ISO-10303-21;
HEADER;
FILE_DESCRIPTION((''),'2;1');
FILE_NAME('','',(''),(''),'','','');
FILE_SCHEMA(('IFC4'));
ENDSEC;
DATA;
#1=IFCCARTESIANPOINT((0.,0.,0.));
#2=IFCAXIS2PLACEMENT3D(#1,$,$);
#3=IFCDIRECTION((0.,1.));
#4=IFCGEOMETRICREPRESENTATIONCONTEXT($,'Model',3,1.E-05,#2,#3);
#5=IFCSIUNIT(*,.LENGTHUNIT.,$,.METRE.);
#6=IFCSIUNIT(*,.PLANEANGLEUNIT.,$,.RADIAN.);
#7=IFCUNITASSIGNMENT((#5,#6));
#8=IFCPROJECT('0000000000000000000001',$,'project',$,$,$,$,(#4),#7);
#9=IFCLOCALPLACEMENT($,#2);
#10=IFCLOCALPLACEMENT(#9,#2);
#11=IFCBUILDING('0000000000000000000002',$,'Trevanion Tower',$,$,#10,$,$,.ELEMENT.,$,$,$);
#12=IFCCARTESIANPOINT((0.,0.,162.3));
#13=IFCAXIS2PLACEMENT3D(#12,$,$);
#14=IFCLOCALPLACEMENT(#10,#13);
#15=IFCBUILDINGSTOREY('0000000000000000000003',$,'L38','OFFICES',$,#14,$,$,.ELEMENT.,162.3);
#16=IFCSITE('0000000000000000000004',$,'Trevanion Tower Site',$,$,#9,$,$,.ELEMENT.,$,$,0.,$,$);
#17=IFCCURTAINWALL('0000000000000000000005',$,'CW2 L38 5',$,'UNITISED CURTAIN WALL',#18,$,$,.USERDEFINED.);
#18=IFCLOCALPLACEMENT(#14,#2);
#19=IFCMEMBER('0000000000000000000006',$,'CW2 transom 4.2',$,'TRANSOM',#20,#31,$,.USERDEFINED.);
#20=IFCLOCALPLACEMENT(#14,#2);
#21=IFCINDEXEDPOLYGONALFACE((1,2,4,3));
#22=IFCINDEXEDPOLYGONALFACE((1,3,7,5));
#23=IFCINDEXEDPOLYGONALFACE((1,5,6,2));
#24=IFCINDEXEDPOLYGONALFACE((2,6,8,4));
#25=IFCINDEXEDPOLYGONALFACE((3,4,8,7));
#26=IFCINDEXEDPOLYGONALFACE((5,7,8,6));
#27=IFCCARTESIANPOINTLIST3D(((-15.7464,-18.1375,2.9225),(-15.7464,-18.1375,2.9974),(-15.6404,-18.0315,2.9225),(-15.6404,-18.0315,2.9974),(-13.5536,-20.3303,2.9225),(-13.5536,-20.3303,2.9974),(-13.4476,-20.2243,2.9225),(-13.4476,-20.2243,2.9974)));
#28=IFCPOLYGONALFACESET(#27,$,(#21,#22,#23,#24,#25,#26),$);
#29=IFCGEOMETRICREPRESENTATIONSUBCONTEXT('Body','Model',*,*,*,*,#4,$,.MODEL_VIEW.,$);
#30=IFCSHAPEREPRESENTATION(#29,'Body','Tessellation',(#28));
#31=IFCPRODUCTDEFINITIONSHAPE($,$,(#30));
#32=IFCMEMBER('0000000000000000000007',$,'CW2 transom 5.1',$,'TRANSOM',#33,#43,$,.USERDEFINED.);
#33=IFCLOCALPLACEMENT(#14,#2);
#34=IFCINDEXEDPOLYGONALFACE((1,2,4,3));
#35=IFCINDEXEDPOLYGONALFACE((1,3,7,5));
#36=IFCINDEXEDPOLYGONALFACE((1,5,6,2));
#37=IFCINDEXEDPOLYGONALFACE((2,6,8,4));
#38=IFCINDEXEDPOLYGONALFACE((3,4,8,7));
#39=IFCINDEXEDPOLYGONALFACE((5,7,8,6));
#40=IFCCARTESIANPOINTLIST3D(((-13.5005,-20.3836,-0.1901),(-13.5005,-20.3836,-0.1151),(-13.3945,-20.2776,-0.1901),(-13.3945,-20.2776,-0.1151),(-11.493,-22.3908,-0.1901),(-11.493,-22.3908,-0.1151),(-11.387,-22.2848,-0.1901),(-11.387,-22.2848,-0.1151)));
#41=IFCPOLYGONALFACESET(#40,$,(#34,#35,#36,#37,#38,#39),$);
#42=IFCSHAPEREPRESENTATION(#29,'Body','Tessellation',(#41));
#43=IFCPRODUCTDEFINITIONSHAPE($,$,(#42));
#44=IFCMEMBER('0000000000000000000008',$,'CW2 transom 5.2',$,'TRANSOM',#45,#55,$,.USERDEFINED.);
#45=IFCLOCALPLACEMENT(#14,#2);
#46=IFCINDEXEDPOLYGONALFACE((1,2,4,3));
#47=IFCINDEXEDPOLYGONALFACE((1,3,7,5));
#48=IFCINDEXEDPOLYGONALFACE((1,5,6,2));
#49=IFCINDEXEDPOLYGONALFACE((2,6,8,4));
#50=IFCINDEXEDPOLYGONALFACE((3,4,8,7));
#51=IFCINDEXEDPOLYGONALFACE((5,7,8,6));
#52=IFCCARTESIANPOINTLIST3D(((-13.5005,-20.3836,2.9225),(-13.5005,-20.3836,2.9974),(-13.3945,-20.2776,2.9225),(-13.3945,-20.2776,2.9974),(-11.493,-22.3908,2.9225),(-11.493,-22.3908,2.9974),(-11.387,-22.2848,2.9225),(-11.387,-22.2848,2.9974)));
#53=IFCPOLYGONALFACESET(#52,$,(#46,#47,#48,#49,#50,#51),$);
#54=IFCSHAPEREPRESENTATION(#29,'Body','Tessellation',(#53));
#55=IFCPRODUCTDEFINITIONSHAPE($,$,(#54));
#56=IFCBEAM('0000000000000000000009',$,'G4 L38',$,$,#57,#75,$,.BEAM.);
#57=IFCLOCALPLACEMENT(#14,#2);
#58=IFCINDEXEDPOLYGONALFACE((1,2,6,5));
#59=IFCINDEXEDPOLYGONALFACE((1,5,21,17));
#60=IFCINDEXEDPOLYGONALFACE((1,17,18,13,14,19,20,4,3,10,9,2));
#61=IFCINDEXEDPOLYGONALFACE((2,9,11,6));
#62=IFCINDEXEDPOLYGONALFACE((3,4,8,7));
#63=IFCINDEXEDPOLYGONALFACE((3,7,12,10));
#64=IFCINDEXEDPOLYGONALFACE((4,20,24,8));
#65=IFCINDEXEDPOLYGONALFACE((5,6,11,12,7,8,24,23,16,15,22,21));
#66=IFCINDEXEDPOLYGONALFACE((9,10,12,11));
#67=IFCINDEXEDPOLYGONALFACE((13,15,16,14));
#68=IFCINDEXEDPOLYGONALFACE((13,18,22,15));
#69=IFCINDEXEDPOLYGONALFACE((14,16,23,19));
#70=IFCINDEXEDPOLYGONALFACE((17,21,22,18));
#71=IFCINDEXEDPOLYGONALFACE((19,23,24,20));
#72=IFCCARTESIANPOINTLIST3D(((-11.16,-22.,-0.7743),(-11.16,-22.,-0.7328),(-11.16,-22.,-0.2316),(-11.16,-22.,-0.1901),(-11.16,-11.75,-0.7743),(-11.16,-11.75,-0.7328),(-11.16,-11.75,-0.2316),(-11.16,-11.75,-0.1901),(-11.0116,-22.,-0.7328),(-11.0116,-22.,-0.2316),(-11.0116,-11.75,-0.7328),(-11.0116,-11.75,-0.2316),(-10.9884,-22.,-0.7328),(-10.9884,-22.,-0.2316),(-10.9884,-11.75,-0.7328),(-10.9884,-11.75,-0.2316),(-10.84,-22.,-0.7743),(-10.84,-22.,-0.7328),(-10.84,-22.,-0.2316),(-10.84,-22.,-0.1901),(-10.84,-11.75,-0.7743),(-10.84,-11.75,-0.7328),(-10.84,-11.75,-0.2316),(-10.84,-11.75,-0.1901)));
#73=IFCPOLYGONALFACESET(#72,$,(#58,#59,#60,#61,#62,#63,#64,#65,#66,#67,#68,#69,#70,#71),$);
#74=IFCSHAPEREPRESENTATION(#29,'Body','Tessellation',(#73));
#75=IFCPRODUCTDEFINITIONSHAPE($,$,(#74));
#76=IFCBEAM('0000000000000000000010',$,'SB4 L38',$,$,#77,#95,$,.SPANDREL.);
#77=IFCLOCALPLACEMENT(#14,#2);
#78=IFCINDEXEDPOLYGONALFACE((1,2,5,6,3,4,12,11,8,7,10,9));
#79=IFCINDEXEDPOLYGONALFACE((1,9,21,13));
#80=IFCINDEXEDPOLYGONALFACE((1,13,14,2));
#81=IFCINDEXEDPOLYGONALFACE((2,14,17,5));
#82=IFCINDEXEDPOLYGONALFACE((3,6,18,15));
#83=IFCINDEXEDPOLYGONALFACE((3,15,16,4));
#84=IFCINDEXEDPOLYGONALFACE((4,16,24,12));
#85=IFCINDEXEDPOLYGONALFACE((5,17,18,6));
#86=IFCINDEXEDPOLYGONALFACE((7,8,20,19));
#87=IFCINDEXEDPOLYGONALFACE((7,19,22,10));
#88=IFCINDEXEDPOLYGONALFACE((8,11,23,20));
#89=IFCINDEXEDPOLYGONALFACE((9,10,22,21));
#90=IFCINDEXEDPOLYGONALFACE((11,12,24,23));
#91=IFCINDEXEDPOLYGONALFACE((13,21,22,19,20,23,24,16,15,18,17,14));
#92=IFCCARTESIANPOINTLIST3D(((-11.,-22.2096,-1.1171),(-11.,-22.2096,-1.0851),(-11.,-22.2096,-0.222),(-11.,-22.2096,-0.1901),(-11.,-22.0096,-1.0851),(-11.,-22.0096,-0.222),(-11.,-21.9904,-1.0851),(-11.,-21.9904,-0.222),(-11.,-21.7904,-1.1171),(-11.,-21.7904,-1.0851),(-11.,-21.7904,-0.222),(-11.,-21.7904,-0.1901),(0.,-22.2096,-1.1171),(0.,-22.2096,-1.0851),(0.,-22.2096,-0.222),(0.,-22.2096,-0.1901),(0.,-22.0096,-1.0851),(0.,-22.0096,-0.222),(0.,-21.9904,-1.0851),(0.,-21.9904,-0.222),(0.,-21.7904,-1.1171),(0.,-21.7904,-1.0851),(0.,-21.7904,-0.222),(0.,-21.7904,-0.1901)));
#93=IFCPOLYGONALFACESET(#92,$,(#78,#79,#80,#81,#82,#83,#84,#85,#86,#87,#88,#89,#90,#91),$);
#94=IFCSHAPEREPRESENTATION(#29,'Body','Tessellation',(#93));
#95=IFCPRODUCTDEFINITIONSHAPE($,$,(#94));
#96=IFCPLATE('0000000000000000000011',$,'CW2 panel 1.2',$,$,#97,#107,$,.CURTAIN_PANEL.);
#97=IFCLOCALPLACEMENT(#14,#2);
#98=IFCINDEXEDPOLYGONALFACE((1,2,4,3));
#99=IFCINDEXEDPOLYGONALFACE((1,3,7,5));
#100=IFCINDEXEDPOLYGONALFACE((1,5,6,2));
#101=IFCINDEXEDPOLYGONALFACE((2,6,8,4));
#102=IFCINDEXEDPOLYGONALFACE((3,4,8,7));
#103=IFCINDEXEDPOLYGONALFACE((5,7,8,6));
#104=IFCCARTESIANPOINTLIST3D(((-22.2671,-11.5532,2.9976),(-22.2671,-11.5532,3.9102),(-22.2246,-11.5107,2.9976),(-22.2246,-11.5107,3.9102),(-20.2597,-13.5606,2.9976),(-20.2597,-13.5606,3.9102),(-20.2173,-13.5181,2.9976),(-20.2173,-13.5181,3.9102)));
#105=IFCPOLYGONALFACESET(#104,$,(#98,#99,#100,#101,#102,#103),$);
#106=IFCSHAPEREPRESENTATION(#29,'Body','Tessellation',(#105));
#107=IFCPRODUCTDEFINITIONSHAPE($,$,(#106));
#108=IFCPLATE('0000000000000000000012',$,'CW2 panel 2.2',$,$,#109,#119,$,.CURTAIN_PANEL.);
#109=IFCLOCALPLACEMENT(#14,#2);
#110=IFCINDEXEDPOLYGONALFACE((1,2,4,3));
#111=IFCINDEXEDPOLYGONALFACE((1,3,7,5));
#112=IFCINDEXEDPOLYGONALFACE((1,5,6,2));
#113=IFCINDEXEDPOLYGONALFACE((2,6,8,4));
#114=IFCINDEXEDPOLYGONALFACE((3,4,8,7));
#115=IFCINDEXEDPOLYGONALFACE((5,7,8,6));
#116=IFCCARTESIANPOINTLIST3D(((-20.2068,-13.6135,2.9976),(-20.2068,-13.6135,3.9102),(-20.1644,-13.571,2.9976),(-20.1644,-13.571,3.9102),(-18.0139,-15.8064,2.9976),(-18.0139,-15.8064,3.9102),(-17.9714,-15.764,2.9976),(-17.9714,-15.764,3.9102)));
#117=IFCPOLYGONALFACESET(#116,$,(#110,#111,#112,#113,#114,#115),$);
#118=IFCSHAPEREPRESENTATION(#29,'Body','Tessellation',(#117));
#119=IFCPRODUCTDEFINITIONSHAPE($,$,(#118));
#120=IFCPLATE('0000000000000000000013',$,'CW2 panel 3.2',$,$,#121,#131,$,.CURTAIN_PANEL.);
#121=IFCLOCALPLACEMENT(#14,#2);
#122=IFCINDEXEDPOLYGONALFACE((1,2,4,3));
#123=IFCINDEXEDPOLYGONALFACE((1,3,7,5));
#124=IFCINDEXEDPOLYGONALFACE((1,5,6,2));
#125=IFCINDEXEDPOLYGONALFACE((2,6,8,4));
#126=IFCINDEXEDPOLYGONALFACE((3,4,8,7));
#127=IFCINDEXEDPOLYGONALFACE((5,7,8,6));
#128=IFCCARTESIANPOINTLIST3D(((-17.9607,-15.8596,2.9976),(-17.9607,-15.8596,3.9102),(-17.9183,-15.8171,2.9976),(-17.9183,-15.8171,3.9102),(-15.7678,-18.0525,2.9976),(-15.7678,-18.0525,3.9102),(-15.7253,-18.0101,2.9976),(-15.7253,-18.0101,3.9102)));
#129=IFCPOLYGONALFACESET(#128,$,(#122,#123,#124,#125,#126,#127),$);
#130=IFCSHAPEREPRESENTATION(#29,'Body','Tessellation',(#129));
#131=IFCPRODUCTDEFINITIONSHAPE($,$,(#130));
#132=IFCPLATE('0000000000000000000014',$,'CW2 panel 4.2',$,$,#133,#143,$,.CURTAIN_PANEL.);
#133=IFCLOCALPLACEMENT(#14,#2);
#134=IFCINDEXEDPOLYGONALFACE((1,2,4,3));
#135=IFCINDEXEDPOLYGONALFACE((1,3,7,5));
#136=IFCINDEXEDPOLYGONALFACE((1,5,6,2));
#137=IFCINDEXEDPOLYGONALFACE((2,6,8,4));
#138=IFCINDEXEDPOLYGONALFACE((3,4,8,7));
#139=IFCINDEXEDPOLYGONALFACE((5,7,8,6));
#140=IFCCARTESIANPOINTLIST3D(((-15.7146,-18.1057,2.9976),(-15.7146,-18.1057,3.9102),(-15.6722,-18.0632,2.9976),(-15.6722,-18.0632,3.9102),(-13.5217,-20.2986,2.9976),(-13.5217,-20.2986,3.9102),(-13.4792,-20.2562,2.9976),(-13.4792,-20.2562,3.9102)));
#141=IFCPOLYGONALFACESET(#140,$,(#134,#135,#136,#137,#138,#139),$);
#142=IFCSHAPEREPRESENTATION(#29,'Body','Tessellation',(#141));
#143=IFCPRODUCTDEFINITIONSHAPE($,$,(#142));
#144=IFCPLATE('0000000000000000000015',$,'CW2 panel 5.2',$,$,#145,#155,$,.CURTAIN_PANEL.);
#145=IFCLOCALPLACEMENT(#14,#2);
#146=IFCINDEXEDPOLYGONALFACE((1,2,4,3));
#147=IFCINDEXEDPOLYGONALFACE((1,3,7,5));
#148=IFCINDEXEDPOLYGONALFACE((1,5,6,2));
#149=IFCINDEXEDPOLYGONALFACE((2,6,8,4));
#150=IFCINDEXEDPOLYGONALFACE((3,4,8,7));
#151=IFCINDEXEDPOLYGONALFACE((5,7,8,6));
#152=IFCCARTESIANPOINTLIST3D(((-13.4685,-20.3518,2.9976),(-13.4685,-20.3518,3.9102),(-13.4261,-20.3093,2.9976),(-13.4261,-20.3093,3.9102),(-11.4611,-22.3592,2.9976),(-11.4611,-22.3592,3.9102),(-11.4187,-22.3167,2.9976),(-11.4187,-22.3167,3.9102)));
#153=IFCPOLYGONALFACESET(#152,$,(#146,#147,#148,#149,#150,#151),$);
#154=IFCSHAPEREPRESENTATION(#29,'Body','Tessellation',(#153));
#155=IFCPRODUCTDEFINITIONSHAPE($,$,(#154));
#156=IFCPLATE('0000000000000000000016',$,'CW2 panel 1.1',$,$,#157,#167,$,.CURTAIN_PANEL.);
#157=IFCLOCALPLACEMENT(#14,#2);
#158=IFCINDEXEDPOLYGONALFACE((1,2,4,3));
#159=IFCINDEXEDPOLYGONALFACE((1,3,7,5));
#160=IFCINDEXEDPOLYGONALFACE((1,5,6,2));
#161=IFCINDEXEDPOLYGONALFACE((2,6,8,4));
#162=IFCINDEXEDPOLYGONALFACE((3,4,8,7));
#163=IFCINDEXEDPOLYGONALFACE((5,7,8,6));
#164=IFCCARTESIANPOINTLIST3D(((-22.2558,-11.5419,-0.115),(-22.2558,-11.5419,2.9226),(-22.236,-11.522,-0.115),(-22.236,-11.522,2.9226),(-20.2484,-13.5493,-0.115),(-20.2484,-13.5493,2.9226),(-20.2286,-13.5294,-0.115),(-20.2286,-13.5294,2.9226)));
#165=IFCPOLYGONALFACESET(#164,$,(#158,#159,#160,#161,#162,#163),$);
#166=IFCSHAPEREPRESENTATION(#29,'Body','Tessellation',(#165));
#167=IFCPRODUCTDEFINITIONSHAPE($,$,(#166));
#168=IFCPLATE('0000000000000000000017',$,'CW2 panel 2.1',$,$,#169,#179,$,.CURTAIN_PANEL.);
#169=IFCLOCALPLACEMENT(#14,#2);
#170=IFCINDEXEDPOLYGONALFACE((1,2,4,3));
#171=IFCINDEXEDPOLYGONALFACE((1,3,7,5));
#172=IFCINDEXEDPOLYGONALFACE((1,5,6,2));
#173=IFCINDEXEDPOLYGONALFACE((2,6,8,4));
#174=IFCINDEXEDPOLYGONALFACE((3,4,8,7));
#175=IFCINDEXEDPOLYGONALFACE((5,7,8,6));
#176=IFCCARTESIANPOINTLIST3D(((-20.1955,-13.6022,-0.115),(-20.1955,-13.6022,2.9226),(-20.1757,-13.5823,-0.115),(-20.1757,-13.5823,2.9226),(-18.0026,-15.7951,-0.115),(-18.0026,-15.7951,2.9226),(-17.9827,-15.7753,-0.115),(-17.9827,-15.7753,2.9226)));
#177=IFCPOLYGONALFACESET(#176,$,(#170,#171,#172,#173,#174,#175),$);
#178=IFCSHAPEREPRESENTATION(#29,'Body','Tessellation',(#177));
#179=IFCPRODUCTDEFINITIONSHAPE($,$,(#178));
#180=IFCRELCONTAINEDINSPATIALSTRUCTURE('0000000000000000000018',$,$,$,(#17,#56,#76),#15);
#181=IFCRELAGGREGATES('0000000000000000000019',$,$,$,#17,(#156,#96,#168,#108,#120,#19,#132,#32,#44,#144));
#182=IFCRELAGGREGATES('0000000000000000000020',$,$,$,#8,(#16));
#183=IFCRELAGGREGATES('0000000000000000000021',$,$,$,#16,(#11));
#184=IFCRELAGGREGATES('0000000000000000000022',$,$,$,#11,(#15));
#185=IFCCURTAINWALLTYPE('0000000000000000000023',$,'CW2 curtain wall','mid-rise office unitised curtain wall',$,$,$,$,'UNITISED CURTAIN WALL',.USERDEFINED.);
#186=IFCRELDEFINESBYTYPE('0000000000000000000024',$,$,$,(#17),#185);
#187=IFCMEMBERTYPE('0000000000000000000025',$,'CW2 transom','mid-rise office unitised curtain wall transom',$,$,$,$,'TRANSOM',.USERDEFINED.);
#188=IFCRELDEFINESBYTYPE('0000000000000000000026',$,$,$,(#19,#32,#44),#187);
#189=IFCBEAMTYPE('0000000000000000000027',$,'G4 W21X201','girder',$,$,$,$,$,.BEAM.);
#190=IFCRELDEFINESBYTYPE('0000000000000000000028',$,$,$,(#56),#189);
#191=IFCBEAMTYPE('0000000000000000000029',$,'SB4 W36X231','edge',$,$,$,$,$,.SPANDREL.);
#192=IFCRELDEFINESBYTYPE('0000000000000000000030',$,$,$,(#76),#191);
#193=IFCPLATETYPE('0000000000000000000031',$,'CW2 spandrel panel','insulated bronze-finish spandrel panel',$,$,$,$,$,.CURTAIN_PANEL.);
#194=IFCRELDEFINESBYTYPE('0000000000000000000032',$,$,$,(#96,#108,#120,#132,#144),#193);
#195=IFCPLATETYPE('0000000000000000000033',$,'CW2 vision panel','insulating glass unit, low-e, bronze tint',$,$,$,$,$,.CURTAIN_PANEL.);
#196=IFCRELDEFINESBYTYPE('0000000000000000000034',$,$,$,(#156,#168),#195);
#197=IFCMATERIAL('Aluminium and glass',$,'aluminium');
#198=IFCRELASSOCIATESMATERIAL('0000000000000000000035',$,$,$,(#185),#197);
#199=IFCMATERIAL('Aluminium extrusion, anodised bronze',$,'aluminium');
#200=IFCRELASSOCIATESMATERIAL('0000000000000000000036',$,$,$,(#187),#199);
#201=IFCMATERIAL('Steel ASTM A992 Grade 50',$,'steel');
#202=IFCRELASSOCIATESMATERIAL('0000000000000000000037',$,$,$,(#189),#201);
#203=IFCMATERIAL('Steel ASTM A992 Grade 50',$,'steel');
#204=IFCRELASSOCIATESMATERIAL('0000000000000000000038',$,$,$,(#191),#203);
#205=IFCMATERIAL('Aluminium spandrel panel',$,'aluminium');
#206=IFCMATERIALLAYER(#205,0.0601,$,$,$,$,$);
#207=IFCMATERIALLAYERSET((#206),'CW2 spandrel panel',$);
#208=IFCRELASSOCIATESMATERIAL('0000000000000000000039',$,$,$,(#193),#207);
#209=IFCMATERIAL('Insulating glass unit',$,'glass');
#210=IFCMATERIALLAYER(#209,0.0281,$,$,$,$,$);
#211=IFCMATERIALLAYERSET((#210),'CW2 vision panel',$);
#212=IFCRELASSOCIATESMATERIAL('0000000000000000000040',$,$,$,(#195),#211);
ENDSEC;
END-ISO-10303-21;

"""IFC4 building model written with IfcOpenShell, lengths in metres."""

from ifc_helpers import new_model, si_unit, direction, frame, origin, origin_2d, place, context, subcontext, project, spatial, rectangle, i_section, extrude, material, layer, layer_set, material_profile, profile_set, type_object, element, aggregate, save


model = new_model("IFC4")

# Units and contexts
model_context = context("Model", 3, precision=1e-05, world=origin(), true_north=direction((0.0, 1.0)))
body_context = subcontext(model_context, "Body", "Model", "MODEL_VIEW")
ifc_project = project(units=[si_unit("LENGTHUNIT", "METRE"), si_unit("PLANEANGLEUNIT", "RADIAN")], contexts=[model_context])

# Site, building, storey
site_placement = place(None, origin())
site = spatial("IfcSite", under=ifc_project, at=site_placement, Name="Trevanion Tower Site", CompositionType="ELEMENT", RefElevation=0.0)
building_placement = place(site_placement, origin())
building = spatial("IfcBuilding", under=site, at=building_placement, Name="Trevanion Tower", CompositionType="ELEMENT")
storey_placement = place(building_placement, frame((0.0, 0.0, 162.3)))
storey = spatial("IfcBuildingStorey", under=building, at=storey_placement, Name="L38", Description="OFFICES", CompositionType="ELEMENT", Elevation=162.3)

# Curtain wall, members
ifc_material_1 = material(Name="Aluminium and glass", Category="aluminium")
curtain_wall_type = type_object("IfcCurtainWallType", Name="CW2 curtain wall", Description="mid-rise office unitised curtain wall", ElementType="UNITISED CURTAIN WALL", PredefinedType="USERDEFINED", material=ifc_material_1)
curtain_wall_placement = place(storey_placement, origin())
curtain_wall = element("IfcCurtainWall", 1, at=curtain_wall_placement, inside=storey, type_object=curtain_wall_type, Name="CW2 L38 5", ObjectType="UNITISED CURTAIN WALL", PredefinedType="USERDEFINED")
ifc_material_2 = material(Name="Aluminium extrusion, anodised bronze", Category="aluminium")
ifc_material_profile_1 = material_profile(ifc_material_2, rectangle(XDim=0.1499, YDim=0.075, at=origin_2d()), Name="CW2 transom")
ifc_profile_set_1 = profile_set([ifc_material_profile_1], Name="Aluminium extrusion, anodised bronze")
member_type_1 = type_object("IfcMemberType", Name="CW2 transom", Description="mid-rise office unitised curtain wall transom", ElementType="TRANSOM", PredefinedType="USERDEFINED", material=ifc_profile_set_1)
member_1_placement = place(storey_placement, frame((-15.6934, -18.0845, 2.96), z_axis=(0.707107, -0.707107, 0.0), x_axis=(0.707107, 0.707107, 0.0)))
member_1 = element("IfcMember", 2, at=member_1_placement, type_object=member_type_1, Name="CW2 transom 4.2", ObjectType="TRANSOM", PredefinedType="USERDEFINED", context=body_context, shape_type="SweptSolid", body=[
    extrude(rectangle(XDim=0.1499, YDim=0.075, at=origin_2d()), origin(), (0.0, 0.0, 1.0), 3.1011),
])
member_2_placement = place(storey_placement, frame((-13.4475, -20.3306, -0.1526), z_axis=(0.70715, -0.707064, 0.0), x_axis=(0.707064, 0.70715, 0.0)))
member_2 = element("IfcMember", 3, at=member_2_placement, type_object=member_type_1, Name="CW2 transom 5.1", ObjectType="TRANSOM", PredefinedType="USERDEFINED", context=body_context, shape_type="SweptSolid", body=[
    extrude(rectangle(XDim=0.1499, YDim=0.075, at=origin_2d()), origin(), (0.0, 0.0, 1.0), 2.8389),
])
member_3_placement = place(storey_placement, frame((-13.4475, -20.3306, 2.96), z_axis=(0.70715, -0.707064, 0.0), x_axis=(0.707064, 0.70715, 0.0)))
member_3 = element("IfcMember", 4, at=member_3_placement, type_object=member_type_1, Name="CW2 transom 5.2", ObjectType="TRANSOM", PredefinedType="USERDEFINED", context=body_context, shape_type="SweptSolid", body=[
    extrude(rectangle(XDim=0.1499, YDim=0.075, at=origin_2d()), origin(), (0.0, 0.0, 1.0), 2.8389),
])

# Beams
ifc_material_3 = material(Name="Steel ASTM A992 Grade 50", Category="steel")
ifc_material_profile_2 = material_profile(ifc_material_3, i_section(OverallWidth=0.3201, OverallDepth=0.5842, WebThickness=0.0232, FlangeThickness=0.0415, at=origin_2d()), Name="W21X201")
ifc_profile_set_2 = profile_set([ifc_material_profile_2], Name="Steel ASTM A992 Grade 50")
beam_type_1 = type_object("IfcBeamType", Name="G4 W21X201", Description="girder", PredefinedType="BEAM", material=ifc_profile_set_2)
beam_1_placement = place(storey_placement, frame((-11.0, -11.75, -0.4822), z_axis=(0.0, -1.0, 0.0), x_axis=(1.0, 0.0, 0.0)))
element("IfcBeam", 5, at=beam_1_placement, inside=storey, type_object=beam_type_1, Name="G4 L38", PredefinedType="BEAM", context=body_context, shape_type="SweptSolid", body=[
    extrude(i_section(OverallWidth=0.3201, OverallDepth=0.5842, WebThickness=0.0232, FlangeThickness=0.0415, at=origin_2d()), origin(), (0.0, 0.0, 1.0), 10.25),
])
ifc_material_4 = material(Name="Steel ASTM A992 Grade 50", Category="steel")
ifc_material_profile_3 = material_profile(ifc_material_4, i_section(OverallWidth=0.4192, OverallDepth=0.927, WebThickness=0.0193, FlangeThickness=0.032, at=origin_2d()), Name="W36X231")
ifc_profile_set_3 = profile_set([ifc_material_profile_3], Name="Steel ASTM A992 Grade 50")
beam_type_2 = type_object("IfcBeamType", Name="SB4 W36X231", Description="edge", PredefinedType="SPANDREL", material=ifc_profile_set_3)
beam_2_placement = place(storey_placement, frame((-11.0, -22.0, -0.6536), z_axis=(1.0, 0.0, 0.0), x_axis=(0.0, 1.0, 0.0)))
element("IfcBeam", 6, at=beam_2_placement, inside=storey, type_object=beam_type_2, Name="SB4 L38", PredefinedType="SPANDREL", context=body_context, shape_type="SweptSolid", body=[
    extrude(i_section(OverallWidth=0.4192, OverallDepth=0.927, WebThickness=0.0193, FlangeThickness=0.032, at=origin_2d()), origin(), (0.0, 0.0, 1.0), 11.0),
])

# Plates
ifc_material_5 = material(Name="Aluminium spandrel panel", Category="aluminium")
ifc_layer_1 = layer(ifc_material_5, 0.0601)
ifc_layer_set_1 = layer_set([ifc_layer_1], Name="CW2 spandrel panel")
plate_type_1 = type_object("IfcPlateType", Name="CW2 spandrel panel", Description="insulated bronze-finish spandrel panel", PredefinedType="CURTAIN_PANEL", material=ifc_layer_set_1)
plate_1_placement = place(storey_placement, frame((-21.2422, -12.5356, 2.9976), z_axis=(0.0, 0.0, 1.0), x_axis=(0.707107, -0.707107, 0.0)))
plate_1 = element("IfcPlate", 7, at=plate_1_placement, type_object=plate_type_1, Name="CW2 panel 1.2", PredefinedType="CURTAIN_PANEL", context=body_context, shape_type="SweptSolid", body=[
    extrude(rectangle(XDim=2.8389, YDim=0.0601, at=origin_2d()), origin(), (0.0, 0.0, 1.0), 0.9126),
])
plate_2_placement = place(storey_placement, frame((-19.0891, -14.6887, 2.9976), z_axis=(0.0, 0.0, 1.0), x_axis=(0.707107, -0.707107, 0.0)))
plate_2 = element("IfcPlate", 8, at=plate_2_placement, type_object=plate_type_1, Name="CW2 panel 2.2", PredefinedType="CURTAIN_PANEL", context=body_context, shape_type="SweptSolid", body=[
    extrude(rectangle(XDim=3.1013, YDim=0.0601, at=origin_2d()), origin(), (0.0, 0.0, 1.0), 0.9126),
])
plate_3_placement = place(storey_placement, frame((-16.843, -16.9348, 2.9976), z_axis=(0.0, 0.0, 1.0), x_axis=(0.707107, -0.707107, 0.0)))
plate_3 = element("IfcPlate", 9, at=plate_3_placement, type_object=plate_type_1, Name="CW2 panel 3.2", PredefinedType="CURTAIN_PANEL", context=body_context, shape_type="SweptSolid", body=[
    extrude(rectangle(XDim=3.1013, YDim=0.0601, at=origin_2d()), origin(), (0.0, 0.0, 1.0), 0.9126),
])
plate_4_placement = place(storey_placement, frame((-14.5969, -19.1809, 2.9976), z_axis=(0.0, 0.0, 1.0), x_axis=(0.707107, -0.707107, 0.0)))
plate_4 = element("IfcPlate", 10, at=plate_4_placement, type_object=plate_type_1, Name="CW2 panel 4.2", PredefinedType="CURTAIN_PANEL", context=body_context, shape_type="SweptSolid", body=[
    extrude(rectangle(XDim=3.1013, YDim=0.0601, at=origin_2d()), origin(), (0.0, 0.0, 1.0), 0.9126),
])
plate_5_placement = place(storey_placement, frame((-12.4436, -21.3342, 2.9976), z_axis=(0.0, 0.0, 1.0), x_axis=(0.707107, -0.707107, 0.0)))
plate_5 = element("IfcPlate", 11, at=plate_5_placement, type_object=plate_type_1, Name="CW2 panel 5.2", PredefinedType="CURTAIN_PANEL", context=body_context, shape_type="SweptSolid", body=[
    extrude(rectangle(XDim=2.8389, YDim=0.0601, at=origin_2d()), origin(), (0.0, 0.0, 1.0), 0.9126),
])
ifc_material_6 = material(Name="Insulating glass unit", Category="glass")
ifc_layer_2 = layer(ifc_material_6, 0.0281)
ifc_layer_set_2 = layer_set([ifc_layer_2], Name="CW2 vision panel")
plate_type_2 = type_object("IfcPlateType", Name="CW2 vision panel", Description="insulating glass unit, low-e, bronze tint", PredefinedType="CURTAIN_PANEL", material=ifc_layer_set_2)
plate_6_placement = place(storey_placement, frame((-21.2422, -12.5356, -0.115), z_axis=(0.0, 0.0, 1.0), x_axis=(0.707107, -0.707107, 0.0)))
plate_6 = element("IfcPlate", 12, at=plate_6_placement, type_object=plate_type_2, Name="CW2 panel 1.1", PredefinedType="CURTAIN_PANEL", context=body_context, shape_type="SweptSolid", body=[
    extrude(rectangle(XDim=2.8389, YDim=0.0281, at=origin_2d()), origin(), (0.0, 0.0, 1.0), 3.0376),
])
plate_7_placement = place(storey_placement, frame((-19.0891, -14.6887, -0.115), z_axis=(0.0, 0.0, 1.0), x_axis=(0.707107, -0.707107, 0.0)))
plate_7 = element("IfcPlate", 13, at=plate_7_placement, type_object=plate_type_2, Name="CW2 panel 2.1", PredefinedType="CURTAIN_PANEL", context=body_context, shape_type="SweptSolid", body=[
    extrude(rectangle(XDim=3.1013, YDim=0.0281, at=origin_2d()), origin(), (0.0, 0.0, 1.0), 3.0376),
])
aggregate(curtain_wall, [plate_6, plate_1, plate_7, plate_2, plate_3, member_1, plate_4, member_2, member_3, plate_5])

save(model, "model.ifc")
